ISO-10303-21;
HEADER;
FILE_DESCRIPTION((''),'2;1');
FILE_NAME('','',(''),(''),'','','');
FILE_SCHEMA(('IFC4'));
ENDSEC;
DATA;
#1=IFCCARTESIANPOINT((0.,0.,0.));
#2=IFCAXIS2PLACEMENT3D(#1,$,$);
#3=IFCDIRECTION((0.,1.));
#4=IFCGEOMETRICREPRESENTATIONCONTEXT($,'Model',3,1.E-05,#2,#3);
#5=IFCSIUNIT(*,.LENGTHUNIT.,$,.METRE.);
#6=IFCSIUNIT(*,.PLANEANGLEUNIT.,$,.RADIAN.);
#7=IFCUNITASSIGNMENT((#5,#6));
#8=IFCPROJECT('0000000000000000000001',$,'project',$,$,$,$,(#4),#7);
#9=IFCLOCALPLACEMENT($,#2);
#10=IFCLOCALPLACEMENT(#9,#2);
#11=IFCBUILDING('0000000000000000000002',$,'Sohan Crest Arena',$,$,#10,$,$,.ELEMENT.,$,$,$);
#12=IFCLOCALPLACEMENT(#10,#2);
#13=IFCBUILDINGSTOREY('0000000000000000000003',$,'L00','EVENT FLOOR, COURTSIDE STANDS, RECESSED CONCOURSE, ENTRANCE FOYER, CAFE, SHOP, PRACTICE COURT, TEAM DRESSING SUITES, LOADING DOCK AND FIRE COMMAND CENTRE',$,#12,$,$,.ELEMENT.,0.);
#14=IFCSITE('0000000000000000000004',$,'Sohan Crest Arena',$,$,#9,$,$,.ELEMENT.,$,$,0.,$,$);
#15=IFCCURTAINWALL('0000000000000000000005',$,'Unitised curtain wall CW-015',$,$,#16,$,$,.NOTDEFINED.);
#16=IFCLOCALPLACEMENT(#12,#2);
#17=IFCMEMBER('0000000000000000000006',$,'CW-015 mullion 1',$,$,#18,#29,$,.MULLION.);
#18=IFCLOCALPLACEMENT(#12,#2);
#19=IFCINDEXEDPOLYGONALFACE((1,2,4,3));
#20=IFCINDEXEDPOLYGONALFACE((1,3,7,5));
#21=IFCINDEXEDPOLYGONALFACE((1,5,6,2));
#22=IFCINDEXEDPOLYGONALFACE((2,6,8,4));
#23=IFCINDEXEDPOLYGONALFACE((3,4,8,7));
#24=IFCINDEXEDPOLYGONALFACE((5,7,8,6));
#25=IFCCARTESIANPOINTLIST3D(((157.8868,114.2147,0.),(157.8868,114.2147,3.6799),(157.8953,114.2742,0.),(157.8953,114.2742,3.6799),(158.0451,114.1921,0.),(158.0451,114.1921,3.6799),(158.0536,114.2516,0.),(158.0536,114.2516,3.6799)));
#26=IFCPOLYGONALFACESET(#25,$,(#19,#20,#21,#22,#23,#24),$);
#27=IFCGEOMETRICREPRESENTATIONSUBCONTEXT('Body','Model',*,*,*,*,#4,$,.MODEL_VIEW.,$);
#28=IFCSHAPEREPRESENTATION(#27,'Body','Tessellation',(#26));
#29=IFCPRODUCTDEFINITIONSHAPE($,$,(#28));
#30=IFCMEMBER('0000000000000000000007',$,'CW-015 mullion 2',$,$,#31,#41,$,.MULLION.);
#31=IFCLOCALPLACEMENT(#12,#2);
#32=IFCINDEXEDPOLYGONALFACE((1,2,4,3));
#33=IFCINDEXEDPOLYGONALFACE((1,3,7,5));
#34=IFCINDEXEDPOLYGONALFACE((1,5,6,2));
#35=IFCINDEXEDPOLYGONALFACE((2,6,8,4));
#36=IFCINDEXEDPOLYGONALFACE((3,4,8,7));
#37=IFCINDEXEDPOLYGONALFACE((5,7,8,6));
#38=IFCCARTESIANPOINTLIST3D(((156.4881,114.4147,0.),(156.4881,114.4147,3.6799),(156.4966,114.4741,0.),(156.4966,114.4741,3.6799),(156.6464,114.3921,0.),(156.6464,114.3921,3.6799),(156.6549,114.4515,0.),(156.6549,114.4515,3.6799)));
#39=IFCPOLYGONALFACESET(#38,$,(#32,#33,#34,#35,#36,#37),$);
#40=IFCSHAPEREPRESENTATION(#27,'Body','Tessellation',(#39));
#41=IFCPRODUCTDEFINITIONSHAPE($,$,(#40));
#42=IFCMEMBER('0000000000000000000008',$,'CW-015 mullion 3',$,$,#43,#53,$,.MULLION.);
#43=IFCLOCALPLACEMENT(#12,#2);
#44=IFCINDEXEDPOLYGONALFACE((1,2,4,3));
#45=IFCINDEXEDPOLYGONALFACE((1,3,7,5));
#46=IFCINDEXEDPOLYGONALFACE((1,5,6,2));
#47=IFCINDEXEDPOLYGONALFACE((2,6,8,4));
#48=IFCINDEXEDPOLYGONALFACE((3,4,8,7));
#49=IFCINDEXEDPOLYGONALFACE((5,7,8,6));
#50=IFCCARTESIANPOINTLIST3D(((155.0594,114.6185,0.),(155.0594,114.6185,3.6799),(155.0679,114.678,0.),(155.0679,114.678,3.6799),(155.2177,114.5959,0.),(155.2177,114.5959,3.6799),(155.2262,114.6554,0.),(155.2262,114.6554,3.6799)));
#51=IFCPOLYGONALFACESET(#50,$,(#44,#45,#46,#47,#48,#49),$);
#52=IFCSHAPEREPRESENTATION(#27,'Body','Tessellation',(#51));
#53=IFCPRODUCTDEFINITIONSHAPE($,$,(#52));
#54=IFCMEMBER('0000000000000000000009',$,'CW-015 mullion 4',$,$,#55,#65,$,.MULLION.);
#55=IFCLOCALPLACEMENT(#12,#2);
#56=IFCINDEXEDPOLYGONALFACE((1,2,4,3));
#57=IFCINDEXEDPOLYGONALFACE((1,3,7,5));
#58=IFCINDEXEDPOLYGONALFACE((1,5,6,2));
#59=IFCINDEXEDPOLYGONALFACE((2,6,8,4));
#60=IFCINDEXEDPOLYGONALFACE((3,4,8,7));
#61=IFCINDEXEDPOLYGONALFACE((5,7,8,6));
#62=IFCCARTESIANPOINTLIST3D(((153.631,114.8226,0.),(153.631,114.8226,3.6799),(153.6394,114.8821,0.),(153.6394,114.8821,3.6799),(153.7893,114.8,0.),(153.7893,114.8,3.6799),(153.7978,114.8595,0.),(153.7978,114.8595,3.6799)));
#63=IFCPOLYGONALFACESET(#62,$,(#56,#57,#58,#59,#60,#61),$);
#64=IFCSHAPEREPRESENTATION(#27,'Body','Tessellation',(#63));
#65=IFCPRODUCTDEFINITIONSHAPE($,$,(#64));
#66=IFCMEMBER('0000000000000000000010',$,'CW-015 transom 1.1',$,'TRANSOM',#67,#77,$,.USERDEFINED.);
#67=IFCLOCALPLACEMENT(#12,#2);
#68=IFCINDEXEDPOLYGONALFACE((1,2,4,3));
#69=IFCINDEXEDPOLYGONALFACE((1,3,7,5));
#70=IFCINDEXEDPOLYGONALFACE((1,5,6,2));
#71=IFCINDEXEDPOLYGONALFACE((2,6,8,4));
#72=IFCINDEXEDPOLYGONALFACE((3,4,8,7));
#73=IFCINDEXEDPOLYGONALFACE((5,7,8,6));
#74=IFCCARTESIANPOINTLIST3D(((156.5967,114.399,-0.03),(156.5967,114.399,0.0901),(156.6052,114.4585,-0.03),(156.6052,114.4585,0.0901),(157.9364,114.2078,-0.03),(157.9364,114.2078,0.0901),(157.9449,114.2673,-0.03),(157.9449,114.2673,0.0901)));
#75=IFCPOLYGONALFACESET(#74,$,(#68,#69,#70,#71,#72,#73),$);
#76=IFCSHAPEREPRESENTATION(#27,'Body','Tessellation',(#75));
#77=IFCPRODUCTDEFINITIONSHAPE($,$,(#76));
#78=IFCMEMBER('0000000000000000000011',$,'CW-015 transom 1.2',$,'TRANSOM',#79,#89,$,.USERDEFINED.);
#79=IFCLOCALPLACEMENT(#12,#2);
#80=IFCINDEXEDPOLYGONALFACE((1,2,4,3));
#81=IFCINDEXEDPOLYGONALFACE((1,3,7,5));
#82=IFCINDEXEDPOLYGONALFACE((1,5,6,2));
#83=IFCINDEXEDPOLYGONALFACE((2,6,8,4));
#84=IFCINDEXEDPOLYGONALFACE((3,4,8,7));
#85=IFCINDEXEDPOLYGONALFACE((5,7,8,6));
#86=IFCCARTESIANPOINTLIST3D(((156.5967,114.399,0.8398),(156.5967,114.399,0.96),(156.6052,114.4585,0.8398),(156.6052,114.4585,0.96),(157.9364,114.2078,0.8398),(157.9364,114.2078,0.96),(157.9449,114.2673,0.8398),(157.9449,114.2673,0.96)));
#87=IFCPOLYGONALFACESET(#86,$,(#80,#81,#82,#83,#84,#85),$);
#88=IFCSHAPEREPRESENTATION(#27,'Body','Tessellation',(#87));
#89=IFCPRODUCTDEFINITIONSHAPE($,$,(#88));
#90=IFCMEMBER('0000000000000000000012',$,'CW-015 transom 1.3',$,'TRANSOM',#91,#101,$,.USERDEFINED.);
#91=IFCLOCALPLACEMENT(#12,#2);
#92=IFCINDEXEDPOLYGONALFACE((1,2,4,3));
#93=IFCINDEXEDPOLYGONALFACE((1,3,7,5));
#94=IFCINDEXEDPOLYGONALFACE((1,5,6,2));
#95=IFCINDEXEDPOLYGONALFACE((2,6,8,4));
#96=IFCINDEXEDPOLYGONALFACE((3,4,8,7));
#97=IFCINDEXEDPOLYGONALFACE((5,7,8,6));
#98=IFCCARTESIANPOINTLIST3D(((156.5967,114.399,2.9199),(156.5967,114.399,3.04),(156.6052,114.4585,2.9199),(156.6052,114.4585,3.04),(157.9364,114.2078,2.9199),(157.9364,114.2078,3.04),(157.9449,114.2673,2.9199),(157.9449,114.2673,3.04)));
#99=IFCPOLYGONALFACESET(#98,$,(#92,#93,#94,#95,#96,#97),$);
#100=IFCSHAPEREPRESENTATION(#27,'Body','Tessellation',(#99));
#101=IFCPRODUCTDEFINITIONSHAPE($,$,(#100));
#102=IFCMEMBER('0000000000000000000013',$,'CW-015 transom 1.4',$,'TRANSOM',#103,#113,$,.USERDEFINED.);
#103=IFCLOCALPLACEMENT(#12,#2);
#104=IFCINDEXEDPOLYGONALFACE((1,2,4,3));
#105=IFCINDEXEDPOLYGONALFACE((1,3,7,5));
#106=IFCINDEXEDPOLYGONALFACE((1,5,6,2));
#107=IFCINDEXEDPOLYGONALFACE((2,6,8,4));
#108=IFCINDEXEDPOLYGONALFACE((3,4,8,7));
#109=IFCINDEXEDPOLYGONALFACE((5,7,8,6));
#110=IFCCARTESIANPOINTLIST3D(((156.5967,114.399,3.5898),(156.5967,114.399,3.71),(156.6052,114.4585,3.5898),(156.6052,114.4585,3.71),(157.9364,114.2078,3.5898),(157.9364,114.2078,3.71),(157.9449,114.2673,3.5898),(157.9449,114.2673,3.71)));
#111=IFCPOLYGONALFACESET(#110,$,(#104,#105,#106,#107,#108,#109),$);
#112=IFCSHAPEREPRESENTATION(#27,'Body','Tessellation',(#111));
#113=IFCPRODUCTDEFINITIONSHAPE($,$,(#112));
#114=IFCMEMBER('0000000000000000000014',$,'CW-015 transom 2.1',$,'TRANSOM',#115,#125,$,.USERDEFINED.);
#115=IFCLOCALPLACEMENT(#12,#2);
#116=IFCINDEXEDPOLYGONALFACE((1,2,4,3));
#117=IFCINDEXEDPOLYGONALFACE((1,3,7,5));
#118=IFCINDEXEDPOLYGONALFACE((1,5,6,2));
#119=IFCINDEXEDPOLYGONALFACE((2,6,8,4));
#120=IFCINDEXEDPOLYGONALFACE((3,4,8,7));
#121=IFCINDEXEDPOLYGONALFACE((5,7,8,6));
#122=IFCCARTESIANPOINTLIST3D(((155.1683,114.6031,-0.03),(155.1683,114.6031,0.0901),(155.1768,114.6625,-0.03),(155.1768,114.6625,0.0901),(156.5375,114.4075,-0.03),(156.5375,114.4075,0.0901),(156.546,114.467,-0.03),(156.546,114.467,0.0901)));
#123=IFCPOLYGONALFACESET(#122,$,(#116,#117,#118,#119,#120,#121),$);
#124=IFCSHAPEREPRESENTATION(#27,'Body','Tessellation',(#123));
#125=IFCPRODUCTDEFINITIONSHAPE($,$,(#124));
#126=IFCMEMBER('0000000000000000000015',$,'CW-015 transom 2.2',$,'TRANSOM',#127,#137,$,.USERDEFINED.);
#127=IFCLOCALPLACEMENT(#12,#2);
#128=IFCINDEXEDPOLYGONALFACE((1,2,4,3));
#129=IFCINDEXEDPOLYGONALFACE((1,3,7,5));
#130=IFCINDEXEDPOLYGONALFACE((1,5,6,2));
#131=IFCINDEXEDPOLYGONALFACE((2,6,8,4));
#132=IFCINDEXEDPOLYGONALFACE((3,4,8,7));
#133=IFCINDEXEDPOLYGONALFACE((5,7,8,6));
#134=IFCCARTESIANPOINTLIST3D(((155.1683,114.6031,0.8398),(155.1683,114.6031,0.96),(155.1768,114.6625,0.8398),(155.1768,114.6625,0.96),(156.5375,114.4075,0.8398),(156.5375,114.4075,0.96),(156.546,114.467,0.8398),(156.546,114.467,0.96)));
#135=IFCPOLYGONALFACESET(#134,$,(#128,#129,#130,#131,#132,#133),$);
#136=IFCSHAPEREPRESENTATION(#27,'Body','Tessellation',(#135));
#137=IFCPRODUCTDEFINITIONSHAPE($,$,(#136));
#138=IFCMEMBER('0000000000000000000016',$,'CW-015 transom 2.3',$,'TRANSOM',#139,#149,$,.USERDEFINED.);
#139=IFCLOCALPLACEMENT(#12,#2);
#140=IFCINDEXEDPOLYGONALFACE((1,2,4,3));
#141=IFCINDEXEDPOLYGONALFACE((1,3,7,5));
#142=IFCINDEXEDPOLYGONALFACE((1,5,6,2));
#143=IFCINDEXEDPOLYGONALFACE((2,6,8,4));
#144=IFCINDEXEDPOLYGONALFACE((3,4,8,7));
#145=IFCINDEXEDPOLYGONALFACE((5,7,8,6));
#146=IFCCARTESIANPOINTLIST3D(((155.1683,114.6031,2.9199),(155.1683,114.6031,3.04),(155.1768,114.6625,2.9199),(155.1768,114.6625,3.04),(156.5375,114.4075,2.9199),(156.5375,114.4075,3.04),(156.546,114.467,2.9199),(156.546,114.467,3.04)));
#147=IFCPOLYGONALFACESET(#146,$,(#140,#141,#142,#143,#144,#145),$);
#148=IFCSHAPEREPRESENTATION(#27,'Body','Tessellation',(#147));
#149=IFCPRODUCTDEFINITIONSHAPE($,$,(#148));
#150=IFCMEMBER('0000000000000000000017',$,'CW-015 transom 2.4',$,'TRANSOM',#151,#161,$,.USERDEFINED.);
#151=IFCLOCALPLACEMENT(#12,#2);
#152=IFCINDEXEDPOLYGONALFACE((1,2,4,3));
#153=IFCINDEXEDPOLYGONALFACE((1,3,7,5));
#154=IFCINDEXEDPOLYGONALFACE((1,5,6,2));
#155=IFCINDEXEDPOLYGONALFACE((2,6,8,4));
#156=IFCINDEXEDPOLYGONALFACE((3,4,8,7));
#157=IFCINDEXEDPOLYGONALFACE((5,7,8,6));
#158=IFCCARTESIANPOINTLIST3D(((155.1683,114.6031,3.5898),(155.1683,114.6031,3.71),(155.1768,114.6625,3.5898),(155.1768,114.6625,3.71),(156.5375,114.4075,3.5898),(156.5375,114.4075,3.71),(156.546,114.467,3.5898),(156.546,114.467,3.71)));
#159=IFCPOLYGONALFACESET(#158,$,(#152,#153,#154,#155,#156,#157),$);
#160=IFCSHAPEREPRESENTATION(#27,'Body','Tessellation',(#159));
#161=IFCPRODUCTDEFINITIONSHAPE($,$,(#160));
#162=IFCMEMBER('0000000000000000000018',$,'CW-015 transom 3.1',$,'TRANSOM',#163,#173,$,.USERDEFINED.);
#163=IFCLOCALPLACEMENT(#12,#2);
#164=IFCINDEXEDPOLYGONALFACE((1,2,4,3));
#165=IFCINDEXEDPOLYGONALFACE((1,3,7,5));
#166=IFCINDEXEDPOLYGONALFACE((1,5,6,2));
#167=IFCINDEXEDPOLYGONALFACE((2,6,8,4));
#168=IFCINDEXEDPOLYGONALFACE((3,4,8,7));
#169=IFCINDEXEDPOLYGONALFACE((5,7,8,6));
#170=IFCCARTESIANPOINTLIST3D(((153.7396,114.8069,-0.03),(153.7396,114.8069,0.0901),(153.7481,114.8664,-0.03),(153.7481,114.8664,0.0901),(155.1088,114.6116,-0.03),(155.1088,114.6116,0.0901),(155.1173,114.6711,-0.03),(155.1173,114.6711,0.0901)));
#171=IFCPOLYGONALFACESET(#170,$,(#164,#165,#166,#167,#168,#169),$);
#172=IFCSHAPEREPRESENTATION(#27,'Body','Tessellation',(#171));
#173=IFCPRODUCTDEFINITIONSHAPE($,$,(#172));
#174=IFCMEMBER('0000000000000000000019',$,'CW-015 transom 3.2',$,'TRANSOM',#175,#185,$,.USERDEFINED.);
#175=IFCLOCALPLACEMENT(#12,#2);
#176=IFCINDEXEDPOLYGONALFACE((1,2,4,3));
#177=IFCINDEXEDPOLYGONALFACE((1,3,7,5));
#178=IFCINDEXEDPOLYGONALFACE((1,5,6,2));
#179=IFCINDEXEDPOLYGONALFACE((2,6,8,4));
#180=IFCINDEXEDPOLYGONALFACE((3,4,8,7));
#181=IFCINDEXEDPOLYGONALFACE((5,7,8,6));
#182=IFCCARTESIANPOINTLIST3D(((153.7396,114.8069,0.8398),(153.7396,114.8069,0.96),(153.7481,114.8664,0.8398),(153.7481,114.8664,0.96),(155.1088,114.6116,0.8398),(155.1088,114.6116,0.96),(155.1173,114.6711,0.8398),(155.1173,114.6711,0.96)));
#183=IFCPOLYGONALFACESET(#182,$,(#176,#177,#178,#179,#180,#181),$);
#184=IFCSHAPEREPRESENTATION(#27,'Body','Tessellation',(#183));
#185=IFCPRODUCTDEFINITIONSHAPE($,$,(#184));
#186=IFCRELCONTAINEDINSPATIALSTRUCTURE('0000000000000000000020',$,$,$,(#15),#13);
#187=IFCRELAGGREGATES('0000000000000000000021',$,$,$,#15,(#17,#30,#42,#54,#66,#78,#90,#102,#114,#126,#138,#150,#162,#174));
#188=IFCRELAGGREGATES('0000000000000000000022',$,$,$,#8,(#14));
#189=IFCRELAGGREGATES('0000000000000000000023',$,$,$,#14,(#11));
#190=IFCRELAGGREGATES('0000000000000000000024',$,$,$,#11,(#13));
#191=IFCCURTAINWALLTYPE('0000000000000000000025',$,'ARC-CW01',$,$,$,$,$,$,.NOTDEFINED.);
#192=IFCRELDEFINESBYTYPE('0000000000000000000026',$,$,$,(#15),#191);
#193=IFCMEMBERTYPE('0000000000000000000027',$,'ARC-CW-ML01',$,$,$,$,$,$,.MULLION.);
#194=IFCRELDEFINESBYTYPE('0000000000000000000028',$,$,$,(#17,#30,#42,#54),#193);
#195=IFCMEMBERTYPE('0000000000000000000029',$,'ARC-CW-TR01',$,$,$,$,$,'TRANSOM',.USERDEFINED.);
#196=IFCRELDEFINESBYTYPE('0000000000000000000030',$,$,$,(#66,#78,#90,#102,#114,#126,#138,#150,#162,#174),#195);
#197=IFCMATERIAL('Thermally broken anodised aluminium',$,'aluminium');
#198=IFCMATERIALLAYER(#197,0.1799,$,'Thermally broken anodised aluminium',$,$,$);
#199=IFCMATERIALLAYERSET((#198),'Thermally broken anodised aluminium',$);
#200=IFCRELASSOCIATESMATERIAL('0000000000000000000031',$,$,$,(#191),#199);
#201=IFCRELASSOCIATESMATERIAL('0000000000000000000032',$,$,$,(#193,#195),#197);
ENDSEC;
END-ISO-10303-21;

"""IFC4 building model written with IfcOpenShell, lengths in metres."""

from ifc_helpers import new_model, si_unit, direction, frame, origin, origin_2d, place, context, subcontext, project, spatial, rectangle, extrude, material, layer, layer_set, material_profile, profile_set, type_object, element, aggregate, save


model = new_model("IFC4")

# Units and contexts
model_context = context("Model", 3, precision=1e-05, world=origin(), true_north=direction((0.0, 1.0)))
body_context = subcontext(model_context, "Body", "Model", "MODEL_VIEW")
ifc_project = project(units=[si_unit("LENGTHUNIT", "METRE"), si_unit("PLANEANGLEUNIT", "RADIAN")], contexts=[model_context])

# Site, building, storey
site_placement = place(None, origin())
site = spatial("IfcSite", under=ifc_project, at=site_placement, Name="Sohan Crest Arena", CompositionType="ELEMENT", RefElevation=0.0)
building_placement = place(site_placement, origin())
building = spatial("IfcBuilding", under=site, at=building_placement, Name="Sohan Crest Arena", CompositionType="ELEMENT")
storey_placement = place(building_placement, origin())
storey = spatial("IfcBuildingStorey", under=building, at=storey_placement, Name="L00", Description="EVENT FLOOR, COURTSIDE STANDS, RECESSED CONCOURSE, ENTRANCE FOYER, CAFE, SHOP, PRACTICE COURT, TEAM DRESSING SUITES, LOADING DOCK AND FIRE COMMAND CENTRE", CompositionType="ELEMENT", Elevation=0.0)

# Curtain wall, members
ifc_material_1 = material(Name="Thermally broken anodised aluminium", Category="aluminium")
ifc_layer_1 = layer(ifc_material_1, 0.1799, Name="Thermally broken anodised aluminium")
ifc_layer_set_1 = layer_set([ifc_layer_1], Name="Thermally broken anodised aluminium")
curtain_wall_type = type_object("IfcCurtainWallType", Name="ARC-CW01", PredefinedType="NOTDEFINED", material=ifc_layer_set_1)
curtain_wall_placement = place(storey_placement, origin())
curtain_wall = element("IfcCurtainWall", 1, at=curtain_wall_placement, inside=storey, type_object=curtain_wall_type, Name="Unitised curtain wall CW-015", PredefinedType="NOTDEFINED")
ifc_material_profile_1 = material_profile(ifc_material_1, rectangle(XDim=0.0601, YDim=0.1599, at=origin_2d()), Name="ALU-MULL 60x160")
ifc_profile_set_1 = profile_set([ifc_material_profile_1], Name="Thermally broken anodised aluminium")
member_type_1 = type_object("IfcMemberType", Name="ARC-CW-ML01", PredefinedType="MULLION", material=ifc_profile_set_1)
member_1_placement = place(storey_placement, frame((157.9702, 114.2332, 0.0), z_axis=(0.0, 0.0, 1.0), x_axis=(-0.141366, -0.989957, 0.0)))
member_1 = element("IfcMember", 2, at=member_1_placement, type_object=member_type_1, Name="CW-015 mullion 1", PredefinedType="MULLION", context=body_context, shape_type="SweptSolid", body=[
    extrude(rectangle(XDim=0.0601, YDim=0.1599, at=origin_2d()), origin(), (0.0, 0.0, 1.0), 3.6799),
])
member_2_placement = place(storey_placement, frame((156.5715, 114.4331, 0.0), z_axis=(0.0, 0.0, 1.0), x_axis=(-0.141366, -0.989957, 0.0)))
member_2 = element("IfcMember", 3, at=member_2_placement, type_object=member_type_1, Name="CW-015 mullion 2", PredefinedType="MULLION", context=body_context, shape_type="SweptSolid", body=[
    extrude(rectangle(XDim=0.0601, YDim=0.1599, at=origin_2d()), origin(), (0.0, 0.0, 1.0), 3.6799),
])
member_3_placement = place(storey_placement, frame((155.1428, 114.637, 0.0), z_axis=(0.0, 0.0, 1.0), x_axis=(-0.141366, -0.989957, 0.0)))
member_3 = element("IfcMember", 4, at=member_3_placement, type_object=member_type_1, Name="CW-015 mullion 3", PredefinedType="MULLION", context=body_context, shape_type="SweptSolid", body=[
    extrude(rectangle(XDim=0.0601, YDim=0.1599, at=origin_2d()), origin(), (0.0, 0.0, 1.0), 3.6799),
])
member_4_placement = place(storey_placement, frame((153.7144, 114.8411, 0.0), z_axis=(0.0, 0.0, 1.0), x_axis=(-0.141366, -0.989957, 0.0)))
member_4 = element("IfcMember", 5, at=member_4_placement, type_object=member_type_1, Name="CW-015 mullion 4", PredefinedType="MULLION", context=body_context, shape_type="SweptSolid", body=[
    extrude(rectangle(XDim=0.0601, YDim=0.1599, at=origin_2d()), origin(), (0.0, 0.0, 1.0), 3.6799),
])
ifc_material_profile_2 = material_profile(ifc_material_1, rectangle(XDim=0.0601, YDim=0.1201, at=origin_2d()), Name="ALU-TRAN 60x120")
ifc_profile_set_2 = profile_set([ifc_material_profile_2], Name="Thermally broken anodised aluminium")
member_type_2 = type_object("IfcMemberType", Name="ARC-CW-TR01", ElementType="TRANSOM", PredefinedType="USERDEFINED", material=ifc_profile_set_2)
member_5_placement = place(storey_placement, frame((157.9407, 114.2375, 0.03), z_axis=(-0.989971, 0.14127, 0.0), x_axis=(-0.14127, -0.989971, 0.0)))
member_5 = element("IfcMember", 6, at=member_5_placement, type_object=member_type_2, Name="CW-015 transom 1.1", ObjectType="TRANSOM", PredefinedType="USERDEFINED", context=body_context, shape_type="SweptSolid", body=[
    extrude(rectangle(XDim=0.0601, YDim=0.1201, at=origin_2d()), origin(), (0.0, 0.0, 1.0), 1.3533),
])
member_6_placement = place(storey_placement, frame((157.9407, 114.2375, 0.8999), z_axis=(-0.989971, 0.14127, 0.0), x_axis=(-0.14127, -0.989971, 0.0)))
member_6 = element("IfcMember", 7, at=member_6_placement, type_object=member_type_2, Name="CW-015 transom 1.2", ObjectType="TRANSOM", PredefinedType="USERDEFINED", context=body_context, shape_type="SweptSolid", body=[
    extrude(rectangle(XDim=0.0601, YDim=0.1201, at=origin_2d()), origin(), (0.0, 0.0, 1.0), 1.3533),
])
member_7_placement = place(storey_placement, frame((157.9407, 114.2375, 2.98), z_axis=(-0.989971, 0.14127, 0.0), x_axis=(-0.14127, -0.989971, 0.0)))
member_7 = element("IfcMember", 8, at=member_7_placement, type_object=member_type_2, Name="CW-015 transom 1.3", ObjectType="TRANSOM", PredefinedType="USERDEFINED", context=body_context, shape_type="SweptSolid", body=[
    extrude(rectangle(XDim=0.0601, YDim=0.1201, at=origin_2d()), origin(), (0.0, 0.0, 1.0), 1.3533),
])
member_8_placement = place(storey_placement, frame((157.9407, 114.2375, 3.6499), z_axis=(-0.989971, 0.14127, 0.0), x_axis=(-0.14127, -0.989971, 0.0)))
member_8 = element("IfcMember", 9, at=member_8_placement, type_object=member_type_2, Name="CW-015 transom 1.4", ObjectType="TRANSOM", PredefinedType="USERDEFINED", context=body_context, shape_type="SweptSolid", body=[
    extrude(rectangle(XDim=0.0601, YDim=0.1201, at=origin_2d()), origin(), (0.0, 0.0, 1.0), 1.3533),
])
member_9_placement = place(storey_placement, frame((156.5417, 114.4373, 0.03), z_axis=(-0.989953, 0.141397, 0.0), x_axis=(-0.141397, -0.989953, 0.0)))
member_9 = element("IfcMember", 10, at=member_9_placement, type_object=member_type_2, Name="CW-015 transom 2.1", ObjectType="TRANSOM", PredefinedType="USERDEFINED", context=body_context, shape_type="SweptSolid", body=[
    extrude(rectangle(XDim=0.0601, YDim=0.1201, at=origin_2d()), origin(), (0.0, 0.0, 1.0), 1.3831),
])
member_10_placement = place(storey_placement, frame((156.5417, 114.4373, 0.8999), z_axis=(-0.989953, 0.141397, 0.0), x_axis=(-0.141397, -0.989953, 0.0)))
member_10 = element("IfcMember", 11, at=member_10_placement, type_object=member_type_2, Name="CW-015 transom 2.2", ObjectType="TRANSOM", PredefinedType="USERDEFINED", context=body_context, shape_type="SweptSolid", body=[
    extrude(rectangle(XDim=0.0601, YDim=0.1201, at=origin_2d()), origin(), (0.0, 0.0, 1.0), 1.3831),
])
member_11_placement = place(storey_placement, frame((156.5417, 114.4373, 2.98), z_axis=(-0.989953, 0.141397, 0.0), x_axis=(-0.141397, -0.989953, 0.0)))
member_11 = element("IfcMember", 12, at=member_11_placement, type_object=member_type_2, Name="CW-015 transom 2.3", ObjectType="TRANSOM", PredefinedType="USERDEFINED", context=body_context, shape_type="SweptSolid", body=[
    extrude(rectangle(XDim=0.0601, YDim=0.1201, at=origin_2d()), origin(), (0.0, 0.0, 1.0), 1.3831),
])
member_12_placement = place(storey_placement, frame((156.5417, 114.4373, 3.6499), z_axis=(-0.989953, 0.141397, 0.0), x_axis=(-0.141397, -0.989953, 0.0)))
member_12 = element("IfcMember", 13, at=member_12_placement, type_object=member_type_2, Name="CW-015 transom 2.4", ObjectType="TRANSOM", PredefinedType="USERDEFINED", context=body_context, shape_type="SweptSolid", body=[
    extrude(rectangle(XDim=0.0601, YDim=0.1201, at=origin_2d()), origin(), (0.0, 0.0, 1.0), 1.3831),
])
member_13_placement = place(storey_placement, frame((155.113, 114.6414, 0.03), z_axis=(-0.989978, 0.141224, 0.0), x_axis=(-0.141224, -0.989978, 0.0)))
member_13 = element("IfcMember", 14, at=member_13_placement, type_object=member_type_2, Name="CW-015 transom 3.1", ObjectType="TRANSOM", PredefinedType="USERDEFINED", context=body_context, shape_type="SweptSolid", body=[
    extrude(rectangle(XDim=0.0601, YDim=0.1201, at=origin_2d()), origin(), (0.0, 0.0, 1.0), 1.3831),
])
member_14_placement = place(storey_placement, frame((155.113, 114.6414, 0.8999), z_axis=(-0.989978, 0.141224, 0.0), x_axis=(-0.141224, -0.989978, 0.0)))
member_14 = element("IfcMember", 15, at=member_14_placement, type_object=member_type_2, Name="CW-015 transom 3.2", ObjectType="TRANSOM", PredefinedType="USERDEFINED", context=body_context, shape_type="SweptSolid", body=[
    extrude(rectangle(XDim=0.0601, YDim=0.1201, at=origin_2d()), origin(), (0.0, 0.0, 1.0), 1.3831),
])

aggregate(curtain_wall, [member_1, member_2, member_3, member_4, member_5, member_6, member_7, member_8, member_9, member_10, member_11, member_12, member_13, member_14])

save(model, "model.ifc")
